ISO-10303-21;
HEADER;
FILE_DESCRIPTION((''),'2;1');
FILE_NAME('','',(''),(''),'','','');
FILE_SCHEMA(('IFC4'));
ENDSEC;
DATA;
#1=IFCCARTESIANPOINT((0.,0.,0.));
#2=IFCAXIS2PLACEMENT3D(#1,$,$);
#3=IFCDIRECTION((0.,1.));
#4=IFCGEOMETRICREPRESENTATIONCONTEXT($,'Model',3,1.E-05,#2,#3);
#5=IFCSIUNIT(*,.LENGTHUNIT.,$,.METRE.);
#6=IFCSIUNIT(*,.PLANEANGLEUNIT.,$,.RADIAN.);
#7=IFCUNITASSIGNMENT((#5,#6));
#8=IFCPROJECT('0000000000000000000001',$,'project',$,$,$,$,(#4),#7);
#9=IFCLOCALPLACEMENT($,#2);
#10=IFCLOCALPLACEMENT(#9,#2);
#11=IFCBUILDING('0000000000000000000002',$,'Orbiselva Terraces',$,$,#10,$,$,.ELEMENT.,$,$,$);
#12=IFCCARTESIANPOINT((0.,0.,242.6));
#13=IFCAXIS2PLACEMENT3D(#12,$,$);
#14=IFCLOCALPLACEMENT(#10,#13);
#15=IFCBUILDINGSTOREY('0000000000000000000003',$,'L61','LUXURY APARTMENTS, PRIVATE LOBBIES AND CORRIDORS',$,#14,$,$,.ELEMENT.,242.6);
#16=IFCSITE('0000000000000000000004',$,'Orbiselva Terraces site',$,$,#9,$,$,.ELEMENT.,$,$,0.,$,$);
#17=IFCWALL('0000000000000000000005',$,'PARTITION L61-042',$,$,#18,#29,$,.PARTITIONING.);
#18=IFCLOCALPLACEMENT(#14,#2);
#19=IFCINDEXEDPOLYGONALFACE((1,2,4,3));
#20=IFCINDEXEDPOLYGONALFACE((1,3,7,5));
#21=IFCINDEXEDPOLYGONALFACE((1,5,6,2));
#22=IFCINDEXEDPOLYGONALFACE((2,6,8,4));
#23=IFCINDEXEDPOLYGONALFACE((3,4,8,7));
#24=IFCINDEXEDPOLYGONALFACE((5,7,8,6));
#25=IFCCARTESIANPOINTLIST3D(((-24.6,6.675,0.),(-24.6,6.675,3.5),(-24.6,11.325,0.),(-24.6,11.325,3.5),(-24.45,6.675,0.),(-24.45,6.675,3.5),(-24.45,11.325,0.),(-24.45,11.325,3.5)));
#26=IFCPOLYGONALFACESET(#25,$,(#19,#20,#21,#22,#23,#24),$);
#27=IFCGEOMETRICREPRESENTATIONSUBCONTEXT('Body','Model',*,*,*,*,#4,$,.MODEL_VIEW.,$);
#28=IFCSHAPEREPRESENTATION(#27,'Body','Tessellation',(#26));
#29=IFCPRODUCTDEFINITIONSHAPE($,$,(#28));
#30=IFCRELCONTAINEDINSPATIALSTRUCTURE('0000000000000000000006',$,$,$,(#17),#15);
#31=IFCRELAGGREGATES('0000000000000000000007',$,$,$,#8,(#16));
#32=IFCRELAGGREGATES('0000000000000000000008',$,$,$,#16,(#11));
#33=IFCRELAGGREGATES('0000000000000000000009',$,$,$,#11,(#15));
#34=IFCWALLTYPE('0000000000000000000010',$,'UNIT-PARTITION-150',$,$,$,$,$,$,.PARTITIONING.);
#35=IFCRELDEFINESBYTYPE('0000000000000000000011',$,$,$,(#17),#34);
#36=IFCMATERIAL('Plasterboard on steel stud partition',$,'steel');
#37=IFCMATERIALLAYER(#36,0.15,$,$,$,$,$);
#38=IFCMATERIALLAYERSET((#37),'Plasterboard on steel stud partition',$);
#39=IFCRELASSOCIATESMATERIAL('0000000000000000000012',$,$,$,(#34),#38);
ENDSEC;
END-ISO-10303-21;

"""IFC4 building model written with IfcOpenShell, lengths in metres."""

from ifc_helpers import new_model, si_unit, direction, frame, frame_2d, origin, place, context, subcontext, project, spatial, rectangle, extrude, material, layer, layer_set, type_object, element, save


model = new_model("IFC4")

# Units and contexts
model_context = context("Model", 3, precision=1e-05, world=origin(), true_north=direction((0.0, 1.0)))
body_context = subcontext(model_context, "Body", "Model", "MODEL_VIEW")
ifc_project = project(units=[si_unit("LENGTHUNIT", "METRE"), si_unit("PLANEANGLEUNIT", "RADIAN")], contexts=[model_context])

# Site, building, storey
site_placement = place(None, origin())
site = spatial("IfcSite", under=ifc_project, at=site_placement, Name="Orbiselva Terraces site", CompositionType="ELEMENT", RefElevation=0.0)
building_placement = place(site_placement, origin())
building = spatial("IfcBuilding", under=site, at=building_placement, Name="Orbiselva Terraces", CompositionType="ELEMENT")
storey_placement = place(building_placement, frame((0.0, 0.0, 242.6)))
storey = spatial("IfcBuildingStorey", under=building, at=storey_placement, Name="L61", Description="LUXURY APARTMENTS, PRIVATE LOBBIES AND CORRIDORS", CompositionType="ELEMENT", Elevation=242.6)

# Shared definitions
ifc_material_1 = material(Name="Plasterboard on steel stud partition", Category="steel")
ifc_layer_1 = layer(ifc_material_1, 0.15)
ifc_layer_set_1 = layer_set([ifc_layer_1], Name="Plasterboard on steel stud partition")
wall_type_1 = type_object("IfcWallType", Name="UNIT-PARTITION-150", PredefinedType="PARTITIONING", material=ifc_layer_set_1)

# Wall
wall_1_placement = place(storey_placement, frame((-24.525, 6.675, 0.0), z_axis=(0.0, 0.0, 1.0), x_axis=(0.0, 1.0, 0.0)))
element("IfcWall", 1, at=wall_1_placement, inside=storey, type_object=wall_type_1, Name="PARTITION L61-042", PredefinedType="PARTITIONING", context=body_context, shape_type="SweptSolid", body=[
    extrude(rectangle(XDim=4.65, YDim=0.15, at=frame_2d((2.325, 0.0))), origin(), (0.0, 0.0, 1.0), 3.5),
])

save(model, "model.ifc")
